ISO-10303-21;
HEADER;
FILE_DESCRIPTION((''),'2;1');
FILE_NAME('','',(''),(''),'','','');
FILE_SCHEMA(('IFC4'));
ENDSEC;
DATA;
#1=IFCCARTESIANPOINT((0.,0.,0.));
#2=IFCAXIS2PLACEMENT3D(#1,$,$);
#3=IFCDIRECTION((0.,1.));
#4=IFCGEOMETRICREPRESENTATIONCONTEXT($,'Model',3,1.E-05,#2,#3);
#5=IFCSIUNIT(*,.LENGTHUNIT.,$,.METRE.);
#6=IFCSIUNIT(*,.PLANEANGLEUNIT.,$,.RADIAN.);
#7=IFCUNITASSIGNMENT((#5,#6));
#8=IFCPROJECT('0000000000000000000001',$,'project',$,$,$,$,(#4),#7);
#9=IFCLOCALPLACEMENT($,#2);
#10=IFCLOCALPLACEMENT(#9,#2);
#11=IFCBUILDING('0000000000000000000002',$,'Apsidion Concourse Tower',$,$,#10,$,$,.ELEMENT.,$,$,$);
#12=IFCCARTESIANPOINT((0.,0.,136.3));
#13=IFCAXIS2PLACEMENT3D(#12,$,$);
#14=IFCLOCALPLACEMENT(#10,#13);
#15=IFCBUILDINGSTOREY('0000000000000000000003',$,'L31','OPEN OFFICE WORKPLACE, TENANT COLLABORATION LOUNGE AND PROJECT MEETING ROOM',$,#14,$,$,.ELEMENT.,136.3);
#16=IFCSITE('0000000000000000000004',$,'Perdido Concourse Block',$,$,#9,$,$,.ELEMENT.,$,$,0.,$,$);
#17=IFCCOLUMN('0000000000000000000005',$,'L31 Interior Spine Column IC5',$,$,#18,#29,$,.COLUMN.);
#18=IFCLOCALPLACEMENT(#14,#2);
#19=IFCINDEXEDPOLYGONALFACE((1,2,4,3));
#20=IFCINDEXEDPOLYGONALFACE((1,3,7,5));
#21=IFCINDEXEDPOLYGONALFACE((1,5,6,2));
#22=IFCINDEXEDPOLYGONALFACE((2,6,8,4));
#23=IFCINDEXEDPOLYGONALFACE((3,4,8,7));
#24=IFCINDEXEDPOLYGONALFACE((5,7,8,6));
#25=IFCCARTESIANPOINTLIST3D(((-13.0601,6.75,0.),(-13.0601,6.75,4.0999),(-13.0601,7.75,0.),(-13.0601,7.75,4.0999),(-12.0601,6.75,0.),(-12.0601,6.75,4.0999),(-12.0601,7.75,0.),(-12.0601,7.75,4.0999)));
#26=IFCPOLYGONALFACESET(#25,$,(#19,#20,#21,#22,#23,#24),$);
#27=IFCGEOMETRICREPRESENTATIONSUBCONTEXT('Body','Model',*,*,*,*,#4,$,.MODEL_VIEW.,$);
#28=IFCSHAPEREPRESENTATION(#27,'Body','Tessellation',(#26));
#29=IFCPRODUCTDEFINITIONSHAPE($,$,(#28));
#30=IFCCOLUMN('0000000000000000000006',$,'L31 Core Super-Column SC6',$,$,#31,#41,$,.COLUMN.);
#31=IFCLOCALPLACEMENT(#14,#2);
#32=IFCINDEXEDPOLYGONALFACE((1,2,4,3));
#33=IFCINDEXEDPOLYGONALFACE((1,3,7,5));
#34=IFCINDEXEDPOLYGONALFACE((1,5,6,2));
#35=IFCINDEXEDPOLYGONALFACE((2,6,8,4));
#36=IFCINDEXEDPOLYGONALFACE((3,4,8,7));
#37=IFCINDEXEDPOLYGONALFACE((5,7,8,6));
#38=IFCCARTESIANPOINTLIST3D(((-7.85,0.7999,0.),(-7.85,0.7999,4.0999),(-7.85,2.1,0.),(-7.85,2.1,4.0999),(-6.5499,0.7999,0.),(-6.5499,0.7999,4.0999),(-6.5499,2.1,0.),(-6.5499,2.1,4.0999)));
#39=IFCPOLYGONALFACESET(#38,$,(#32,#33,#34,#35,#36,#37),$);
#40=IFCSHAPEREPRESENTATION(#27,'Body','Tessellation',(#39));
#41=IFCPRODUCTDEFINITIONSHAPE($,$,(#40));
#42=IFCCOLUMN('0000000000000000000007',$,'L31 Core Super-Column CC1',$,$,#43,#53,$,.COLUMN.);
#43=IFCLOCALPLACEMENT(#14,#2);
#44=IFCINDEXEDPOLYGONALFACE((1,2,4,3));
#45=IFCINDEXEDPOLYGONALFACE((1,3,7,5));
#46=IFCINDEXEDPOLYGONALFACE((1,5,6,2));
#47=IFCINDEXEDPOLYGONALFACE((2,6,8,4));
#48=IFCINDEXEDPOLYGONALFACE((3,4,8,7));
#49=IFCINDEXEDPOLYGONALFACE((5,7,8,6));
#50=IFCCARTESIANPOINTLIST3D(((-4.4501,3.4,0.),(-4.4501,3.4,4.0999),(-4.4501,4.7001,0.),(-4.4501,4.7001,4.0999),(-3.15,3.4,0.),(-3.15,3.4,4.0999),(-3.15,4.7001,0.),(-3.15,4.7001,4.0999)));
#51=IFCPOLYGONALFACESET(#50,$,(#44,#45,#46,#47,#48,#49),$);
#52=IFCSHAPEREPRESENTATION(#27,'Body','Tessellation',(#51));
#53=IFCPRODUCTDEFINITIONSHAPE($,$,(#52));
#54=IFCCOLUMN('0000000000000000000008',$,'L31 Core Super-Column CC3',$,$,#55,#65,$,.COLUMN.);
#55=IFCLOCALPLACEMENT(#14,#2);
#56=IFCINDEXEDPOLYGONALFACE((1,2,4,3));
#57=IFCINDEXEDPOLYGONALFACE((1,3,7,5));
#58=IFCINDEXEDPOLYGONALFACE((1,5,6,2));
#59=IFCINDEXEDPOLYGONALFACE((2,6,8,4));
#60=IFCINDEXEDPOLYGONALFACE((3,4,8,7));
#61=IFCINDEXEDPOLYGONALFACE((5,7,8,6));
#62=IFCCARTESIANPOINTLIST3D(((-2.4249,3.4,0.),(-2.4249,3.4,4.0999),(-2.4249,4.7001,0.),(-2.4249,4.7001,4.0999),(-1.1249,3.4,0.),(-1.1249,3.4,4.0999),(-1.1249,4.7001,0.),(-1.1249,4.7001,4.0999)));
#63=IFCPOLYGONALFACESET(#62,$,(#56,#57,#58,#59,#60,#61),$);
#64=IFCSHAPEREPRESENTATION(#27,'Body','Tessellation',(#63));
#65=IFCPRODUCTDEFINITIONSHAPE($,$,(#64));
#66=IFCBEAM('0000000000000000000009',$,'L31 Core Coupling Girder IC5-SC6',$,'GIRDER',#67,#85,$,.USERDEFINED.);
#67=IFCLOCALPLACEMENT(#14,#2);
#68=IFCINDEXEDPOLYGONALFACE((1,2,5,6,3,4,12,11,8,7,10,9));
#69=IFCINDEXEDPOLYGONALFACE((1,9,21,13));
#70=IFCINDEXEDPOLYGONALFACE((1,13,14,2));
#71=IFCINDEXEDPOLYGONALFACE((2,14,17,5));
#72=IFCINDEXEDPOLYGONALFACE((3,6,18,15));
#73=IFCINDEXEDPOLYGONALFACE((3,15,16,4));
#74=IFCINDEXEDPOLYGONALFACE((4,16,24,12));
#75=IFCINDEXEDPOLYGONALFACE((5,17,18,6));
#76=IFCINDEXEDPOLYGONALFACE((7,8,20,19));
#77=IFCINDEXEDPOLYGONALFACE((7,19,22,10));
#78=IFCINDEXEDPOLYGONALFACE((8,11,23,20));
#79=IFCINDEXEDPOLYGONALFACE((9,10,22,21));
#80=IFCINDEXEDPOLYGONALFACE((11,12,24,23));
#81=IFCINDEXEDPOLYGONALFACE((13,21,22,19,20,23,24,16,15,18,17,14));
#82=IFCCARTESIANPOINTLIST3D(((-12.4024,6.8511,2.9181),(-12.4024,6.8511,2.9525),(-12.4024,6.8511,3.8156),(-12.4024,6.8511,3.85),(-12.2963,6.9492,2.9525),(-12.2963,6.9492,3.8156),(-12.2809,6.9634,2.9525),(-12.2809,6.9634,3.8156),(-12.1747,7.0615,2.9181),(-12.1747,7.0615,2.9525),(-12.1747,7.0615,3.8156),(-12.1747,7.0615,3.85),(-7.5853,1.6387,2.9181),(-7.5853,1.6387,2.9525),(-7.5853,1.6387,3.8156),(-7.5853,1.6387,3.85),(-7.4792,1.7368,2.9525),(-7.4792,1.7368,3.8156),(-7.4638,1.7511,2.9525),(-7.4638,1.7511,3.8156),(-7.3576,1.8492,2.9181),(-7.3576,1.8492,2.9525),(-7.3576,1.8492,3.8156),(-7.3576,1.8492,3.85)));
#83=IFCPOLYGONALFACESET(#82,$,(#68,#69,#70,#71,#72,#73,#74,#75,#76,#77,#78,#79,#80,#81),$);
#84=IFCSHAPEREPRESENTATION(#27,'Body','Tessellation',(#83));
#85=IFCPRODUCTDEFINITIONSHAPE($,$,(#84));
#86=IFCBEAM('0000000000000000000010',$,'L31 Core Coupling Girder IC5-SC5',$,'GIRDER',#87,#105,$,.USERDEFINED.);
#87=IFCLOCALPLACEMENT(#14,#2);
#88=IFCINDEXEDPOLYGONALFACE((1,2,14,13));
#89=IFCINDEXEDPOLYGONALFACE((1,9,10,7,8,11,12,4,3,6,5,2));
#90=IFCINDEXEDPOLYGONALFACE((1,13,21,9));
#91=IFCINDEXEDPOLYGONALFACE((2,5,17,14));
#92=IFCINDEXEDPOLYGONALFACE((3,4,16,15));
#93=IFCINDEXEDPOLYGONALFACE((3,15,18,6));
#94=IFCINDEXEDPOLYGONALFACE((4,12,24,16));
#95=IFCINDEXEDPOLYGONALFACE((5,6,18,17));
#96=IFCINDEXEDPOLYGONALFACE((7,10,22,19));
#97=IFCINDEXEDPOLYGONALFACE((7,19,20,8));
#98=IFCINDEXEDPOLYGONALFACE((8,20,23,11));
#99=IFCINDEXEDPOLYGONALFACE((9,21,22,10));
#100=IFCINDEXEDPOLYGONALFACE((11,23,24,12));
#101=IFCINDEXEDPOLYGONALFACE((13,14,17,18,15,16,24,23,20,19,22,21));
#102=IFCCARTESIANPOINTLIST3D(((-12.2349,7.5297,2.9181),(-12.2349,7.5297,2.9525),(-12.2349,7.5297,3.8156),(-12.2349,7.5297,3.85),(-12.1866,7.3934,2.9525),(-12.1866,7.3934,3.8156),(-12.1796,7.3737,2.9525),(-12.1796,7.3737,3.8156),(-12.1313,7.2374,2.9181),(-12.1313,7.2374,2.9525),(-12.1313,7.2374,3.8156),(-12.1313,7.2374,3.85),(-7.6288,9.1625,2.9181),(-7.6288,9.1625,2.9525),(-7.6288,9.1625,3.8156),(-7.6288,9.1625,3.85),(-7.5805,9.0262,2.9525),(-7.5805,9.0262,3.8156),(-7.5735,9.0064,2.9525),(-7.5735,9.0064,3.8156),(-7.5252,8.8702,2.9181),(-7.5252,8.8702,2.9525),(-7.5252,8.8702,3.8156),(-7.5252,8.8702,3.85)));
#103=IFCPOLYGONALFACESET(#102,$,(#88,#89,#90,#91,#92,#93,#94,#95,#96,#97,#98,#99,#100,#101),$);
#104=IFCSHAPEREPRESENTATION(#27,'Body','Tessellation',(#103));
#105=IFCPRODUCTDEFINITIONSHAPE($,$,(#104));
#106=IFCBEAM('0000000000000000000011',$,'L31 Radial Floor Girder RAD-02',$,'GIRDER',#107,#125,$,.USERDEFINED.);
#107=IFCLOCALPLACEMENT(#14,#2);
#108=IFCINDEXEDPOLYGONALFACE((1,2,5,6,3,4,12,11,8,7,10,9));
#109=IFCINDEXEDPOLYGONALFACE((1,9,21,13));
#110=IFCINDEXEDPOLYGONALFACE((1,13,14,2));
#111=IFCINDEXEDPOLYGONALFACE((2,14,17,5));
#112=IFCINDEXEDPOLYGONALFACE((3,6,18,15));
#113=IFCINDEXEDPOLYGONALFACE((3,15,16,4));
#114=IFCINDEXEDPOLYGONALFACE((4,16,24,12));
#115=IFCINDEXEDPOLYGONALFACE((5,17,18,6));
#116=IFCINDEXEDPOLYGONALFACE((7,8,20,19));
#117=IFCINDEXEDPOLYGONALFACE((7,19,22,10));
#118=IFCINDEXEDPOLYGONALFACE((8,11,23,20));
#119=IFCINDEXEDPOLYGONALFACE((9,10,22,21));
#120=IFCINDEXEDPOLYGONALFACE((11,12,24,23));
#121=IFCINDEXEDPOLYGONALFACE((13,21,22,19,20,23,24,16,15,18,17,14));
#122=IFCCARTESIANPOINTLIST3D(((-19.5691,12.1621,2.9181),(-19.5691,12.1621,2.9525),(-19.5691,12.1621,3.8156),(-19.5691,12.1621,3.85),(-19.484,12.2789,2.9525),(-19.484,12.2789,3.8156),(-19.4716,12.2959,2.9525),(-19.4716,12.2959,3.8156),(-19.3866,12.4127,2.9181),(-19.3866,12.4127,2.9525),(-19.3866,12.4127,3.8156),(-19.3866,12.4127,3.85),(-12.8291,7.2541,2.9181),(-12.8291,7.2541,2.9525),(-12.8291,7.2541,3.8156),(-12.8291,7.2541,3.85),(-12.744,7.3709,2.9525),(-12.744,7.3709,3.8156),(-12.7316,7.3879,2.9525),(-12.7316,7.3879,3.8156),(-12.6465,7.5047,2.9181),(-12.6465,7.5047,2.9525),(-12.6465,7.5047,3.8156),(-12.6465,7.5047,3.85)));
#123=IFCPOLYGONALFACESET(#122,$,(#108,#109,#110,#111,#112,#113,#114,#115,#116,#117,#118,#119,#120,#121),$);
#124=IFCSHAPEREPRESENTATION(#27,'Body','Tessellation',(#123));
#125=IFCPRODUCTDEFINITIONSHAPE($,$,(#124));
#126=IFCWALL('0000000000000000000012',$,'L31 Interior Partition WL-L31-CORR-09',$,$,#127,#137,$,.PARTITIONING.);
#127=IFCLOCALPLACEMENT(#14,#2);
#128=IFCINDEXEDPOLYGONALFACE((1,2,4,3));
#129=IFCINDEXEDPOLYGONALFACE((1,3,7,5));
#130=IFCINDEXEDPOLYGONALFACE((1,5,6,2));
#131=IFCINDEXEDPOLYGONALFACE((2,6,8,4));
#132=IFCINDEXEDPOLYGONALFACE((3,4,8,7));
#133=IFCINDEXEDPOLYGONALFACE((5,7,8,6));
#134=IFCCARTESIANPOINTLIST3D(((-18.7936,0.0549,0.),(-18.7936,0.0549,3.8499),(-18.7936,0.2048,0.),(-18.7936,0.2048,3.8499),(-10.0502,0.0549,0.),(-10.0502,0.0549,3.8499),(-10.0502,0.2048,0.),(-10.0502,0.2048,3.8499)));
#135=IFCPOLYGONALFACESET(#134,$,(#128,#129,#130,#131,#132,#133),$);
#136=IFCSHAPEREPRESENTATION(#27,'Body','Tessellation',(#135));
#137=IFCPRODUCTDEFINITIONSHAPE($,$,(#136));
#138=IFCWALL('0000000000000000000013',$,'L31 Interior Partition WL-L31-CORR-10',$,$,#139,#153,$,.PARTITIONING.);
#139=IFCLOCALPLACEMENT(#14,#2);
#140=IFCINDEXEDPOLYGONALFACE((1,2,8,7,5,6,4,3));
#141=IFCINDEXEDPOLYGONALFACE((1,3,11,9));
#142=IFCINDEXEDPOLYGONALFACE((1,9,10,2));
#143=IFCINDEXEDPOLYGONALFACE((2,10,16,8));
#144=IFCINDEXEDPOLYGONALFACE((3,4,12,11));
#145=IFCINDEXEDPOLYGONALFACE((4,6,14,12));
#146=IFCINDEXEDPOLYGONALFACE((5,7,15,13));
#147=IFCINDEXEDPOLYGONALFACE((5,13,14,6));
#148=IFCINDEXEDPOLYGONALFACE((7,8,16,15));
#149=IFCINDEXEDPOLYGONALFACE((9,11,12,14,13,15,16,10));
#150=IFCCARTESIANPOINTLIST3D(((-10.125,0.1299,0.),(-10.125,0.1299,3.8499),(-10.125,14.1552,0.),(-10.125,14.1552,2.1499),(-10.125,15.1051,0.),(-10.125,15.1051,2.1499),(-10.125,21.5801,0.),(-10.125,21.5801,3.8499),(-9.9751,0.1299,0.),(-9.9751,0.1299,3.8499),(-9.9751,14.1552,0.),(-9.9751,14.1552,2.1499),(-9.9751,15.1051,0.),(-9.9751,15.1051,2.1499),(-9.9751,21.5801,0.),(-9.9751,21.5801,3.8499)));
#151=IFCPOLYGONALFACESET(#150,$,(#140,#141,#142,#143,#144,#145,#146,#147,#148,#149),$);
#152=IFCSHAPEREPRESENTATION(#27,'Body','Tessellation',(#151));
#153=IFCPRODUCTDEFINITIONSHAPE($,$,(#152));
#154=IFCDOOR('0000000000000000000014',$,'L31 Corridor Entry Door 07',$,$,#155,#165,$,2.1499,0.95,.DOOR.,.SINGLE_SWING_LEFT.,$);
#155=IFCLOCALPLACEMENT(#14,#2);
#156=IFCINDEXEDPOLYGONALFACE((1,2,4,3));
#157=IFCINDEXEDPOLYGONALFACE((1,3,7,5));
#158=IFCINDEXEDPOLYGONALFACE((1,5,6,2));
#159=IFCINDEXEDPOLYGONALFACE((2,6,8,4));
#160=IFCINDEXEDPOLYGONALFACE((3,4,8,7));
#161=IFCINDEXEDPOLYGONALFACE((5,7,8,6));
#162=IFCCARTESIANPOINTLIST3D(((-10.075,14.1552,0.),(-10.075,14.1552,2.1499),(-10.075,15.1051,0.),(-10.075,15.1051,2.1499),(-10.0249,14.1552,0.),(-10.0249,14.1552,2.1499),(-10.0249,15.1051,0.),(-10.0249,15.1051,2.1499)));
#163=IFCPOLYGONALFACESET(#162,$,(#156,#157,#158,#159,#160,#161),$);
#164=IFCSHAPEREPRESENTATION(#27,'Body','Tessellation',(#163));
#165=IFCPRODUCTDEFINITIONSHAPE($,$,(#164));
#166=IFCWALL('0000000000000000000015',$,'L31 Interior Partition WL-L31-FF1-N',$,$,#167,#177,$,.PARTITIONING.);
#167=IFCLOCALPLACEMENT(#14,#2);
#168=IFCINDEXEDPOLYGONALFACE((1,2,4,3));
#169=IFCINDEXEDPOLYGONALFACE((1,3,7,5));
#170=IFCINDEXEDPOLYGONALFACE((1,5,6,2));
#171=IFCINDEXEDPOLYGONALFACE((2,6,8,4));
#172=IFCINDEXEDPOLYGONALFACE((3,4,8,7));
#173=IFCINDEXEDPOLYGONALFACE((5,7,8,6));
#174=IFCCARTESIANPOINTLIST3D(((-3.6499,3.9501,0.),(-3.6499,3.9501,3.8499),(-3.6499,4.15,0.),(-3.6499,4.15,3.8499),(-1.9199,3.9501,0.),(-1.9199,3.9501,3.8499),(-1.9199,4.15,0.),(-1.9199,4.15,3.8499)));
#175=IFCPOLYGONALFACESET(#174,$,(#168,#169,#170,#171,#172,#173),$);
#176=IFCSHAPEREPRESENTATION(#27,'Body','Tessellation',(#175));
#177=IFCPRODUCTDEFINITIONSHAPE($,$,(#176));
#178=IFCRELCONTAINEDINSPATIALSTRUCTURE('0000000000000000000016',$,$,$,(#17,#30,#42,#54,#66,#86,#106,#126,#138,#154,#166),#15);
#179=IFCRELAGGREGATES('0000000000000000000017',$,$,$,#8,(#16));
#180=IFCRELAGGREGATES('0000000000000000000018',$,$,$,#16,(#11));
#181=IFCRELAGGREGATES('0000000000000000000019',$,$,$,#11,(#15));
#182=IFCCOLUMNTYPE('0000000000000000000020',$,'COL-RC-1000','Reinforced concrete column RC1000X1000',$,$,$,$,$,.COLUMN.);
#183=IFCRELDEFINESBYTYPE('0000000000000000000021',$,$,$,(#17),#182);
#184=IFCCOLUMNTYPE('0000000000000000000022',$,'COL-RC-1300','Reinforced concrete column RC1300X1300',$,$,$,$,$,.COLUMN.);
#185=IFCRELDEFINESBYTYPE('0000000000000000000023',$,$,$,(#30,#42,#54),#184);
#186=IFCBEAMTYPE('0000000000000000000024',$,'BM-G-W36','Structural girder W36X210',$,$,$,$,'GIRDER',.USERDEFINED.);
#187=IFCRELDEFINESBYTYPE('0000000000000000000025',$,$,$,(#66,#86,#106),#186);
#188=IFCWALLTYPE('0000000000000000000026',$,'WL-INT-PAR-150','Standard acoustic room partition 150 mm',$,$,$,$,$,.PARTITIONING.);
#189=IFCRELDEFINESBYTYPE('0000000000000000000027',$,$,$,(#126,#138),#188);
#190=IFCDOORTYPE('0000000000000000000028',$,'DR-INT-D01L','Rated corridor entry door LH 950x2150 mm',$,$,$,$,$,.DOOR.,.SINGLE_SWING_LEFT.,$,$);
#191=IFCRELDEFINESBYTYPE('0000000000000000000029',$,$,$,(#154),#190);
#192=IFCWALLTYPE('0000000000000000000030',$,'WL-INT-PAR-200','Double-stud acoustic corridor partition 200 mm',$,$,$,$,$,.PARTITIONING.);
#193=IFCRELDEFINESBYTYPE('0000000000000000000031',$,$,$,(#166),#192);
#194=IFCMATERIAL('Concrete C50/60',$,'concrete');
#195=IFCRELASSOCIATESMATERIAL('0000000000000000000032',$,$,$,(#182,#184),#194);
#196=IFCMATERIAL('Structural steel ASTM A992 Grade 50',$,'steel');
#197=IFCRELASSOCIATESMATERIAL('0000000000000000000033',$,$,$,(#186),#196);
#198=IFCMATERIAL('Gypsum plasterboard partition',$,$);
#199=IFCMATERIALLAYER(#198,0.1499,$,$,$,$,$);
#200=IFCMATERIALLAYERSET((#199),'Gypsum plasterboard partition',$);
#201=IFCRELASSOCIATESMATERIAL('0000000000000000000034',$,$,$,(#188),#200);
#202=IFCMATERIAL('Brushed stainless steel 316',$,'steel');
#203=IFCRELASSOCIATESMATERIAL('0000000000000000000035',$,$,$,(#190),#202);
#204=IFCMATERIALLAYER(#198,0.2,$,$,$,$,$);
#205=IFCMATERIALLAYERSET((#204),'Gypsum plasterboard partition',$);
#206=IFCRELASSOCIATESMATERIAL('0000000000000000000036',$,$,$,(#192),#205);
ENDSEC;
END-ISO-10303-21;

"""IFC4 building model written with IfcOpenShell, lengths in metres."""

from ifc_helpers import new_model, si_unit, direction, frame, frame_2d, origin, origin_2d, place, context, subcontext, project, spatial, rectangle, i_section, extrude, material, layer, layer_set, material_profile, profile_set, type_object, element, fill, save


model = new_model("IFC4")

# Units and contexts
model_context = context("Model", 3, precision=1e-05, world=origin(), true_north=direction((0.0, 1.0)))
body_context = subcontext(model_context, "Body", "Model", "MODEL_VIEW")
ifc_project = project(units=[si_unit("LENGTHUNIT", "METRE"), si_unit("PLANEANGLEUNIT", "RADIAN")], contexts=[model_context])

# Site, building, storey
site_placement = place(None, origin())
site = spatial("IfcSite", under=ifc_project, at=site_placement, Name="Perdido Concourse Block", CompositionType="ELEMENT", RefElevation=0.0)
building_placement = place(site_placement, origin())
building = spatial("IfcBuilding", under=site, at=building_placement, Name="Apsidion Concourse Tower", CompositionType="ELEMENT")
storey_placement = place(building_placement, frame((0.0, 0.0, 136.3)))
storey = spatial("IfcBuildingStorey", under=building, at=storey_placement, Name="L31", Description="OPEN OFFICE WORKPLACE, TENANT COLLABORATION LOUNGE AND PROJECT MEETING ROOM", CompositionType="ELEMENT", Elevation=136.3)

# Columns
ifc_material_1 = material(Name="Concrete C50/60", Category="concrete")
ifc_material_profile_1 = material_profile(ifc_material_1, rectangle(XDim=1.0, YDim=1.0, at=origin_2d()), Name="RC 1000x1000")
ifc_profile_set_1 = profile_set([ifc_material_profile_1], Name="Concrete C50/60")
column_type_1 = type_object("IfcColumnType", Name="COL-RC-1000", Description="Reinforced concrete column RC1000X1000", PredefinedType="COLUMN", material=ifc_profile_set_1)
column_placement = place(storey_placement, frame((-12.5601, 7.25, 0.0), z_axis=(0.0, 0.0, 1.0), x_axis=(1.0, 0.0, 0.0)))
element("IfcColumn", 1, at=column_placement, inside=storey, type_object=column_type_1, Name="L31 Interior Spine Column IC5", PredefinedType="COLUMN", context=body_context, shape_type="SweptSolid", body=[
    extrude(rectangle(XDim=1.0, YDim=1.0, at=origin_2d()), origin(), (0.0, 0.0, 1.0), 4.0999),
])
ifc_material_profile_2 = material_profile(ifc_material_1, rectangle(XDim=1.3, YDim=1.3, at=origin_2d()), Name="RC 1300x1300")
ifc_profile_set_2 = profile_set([ifc_material_profile_2], Name="Concrete C50/60")
column_type_2 = type_object("IfcColumnType", Name="COL-RC-1300", Description="Reinforced concrete column RC1300X1300", PredefinedType="COLUMN", material=ifc_profile_set_2)
for number, where, z_axis, x_axis, name in (
    (2, (-7.2, 1.45, 0.0), (0.0, 0.0, 1.0), (1.0, 0.0, 0.0), "L31 Core Super-Column SC6"),
    (3, (-3.8, 4.05, 0.0), (0.0, 0.0, 1.0), (1.0, 0.0, 0.0), "L31 Core Super-Column CC1"),
    (4, (-1.7749, 4.05, 0.0), (0.0, 0.0, 1.0), (1.0, 0.0, 0.0), "L31 Core Super-Column CC3"),
):
    element("IfcColumn", number, at=place(storey_placement, frame(where, z_axis=z_axis, x_axis=x_axis)), inside=storey, type_object=column_type_2, Name=name, PredefinedType="COLUMN", context=body_context, shape_type="SweptSolid", body=[
        extrude(rectangle(XDim=1.3, YDim=1.3, at=origin_2d()), origin(), (0.0, 0.0, 1.0), 4.0999),
    ])

# Beams
ifc_material_2 = material(Name="Structural steel ASTM A992 Grade 50", Category="steel")
ifc_material_profile_3 = material_profile(ifc_material_2, i_section(OverallWidth=0.3101, OverallDepth=0.9319, WebThickness=0.021, FlangeThickness=0.0344, at=origin_2d()), Name="W36X210")
ifc_profile_set_3 = profile_set([ifc_material_profile_3], Name="Structural steel ASTM A992 Grade 50")
beam_type = type_object("IfcBeamType", Name="BM-G-W36", Description="Structural girder W36X210", ElementType="GIRDER", PredefinedType="USERDEFINED", material=ifc_profile_set_3)
beam_1_placement = place(storey_placement, frame((-12.2886, 6.9563, 3.384), z_axis=(0.678713, -0.734404, 0.0), x_axis=(0.734404, 0.678713, 0.0)))
element("IfcBeam", 5, at=beam_1_placement, inside=storey, type_object=beam_type, Name="L31 Core Coupling Girder IC5-SC6", ObjectType="GIRDER", PredefinedType="USERDEFINED", context=body_context, shape_type="SweptSolid", body=[
    extrude(i_section(OverallWidth=0.3101, OverallDepth=0.9319, WebThickness=0.021, FlangeThickness=0.0344, at=origin_2d()), origin(), (0.0, 0.0, 1.0), 7.0974),
])
beam_2_placement = place(storey_placement, frame((-12.1831, 7.3835, 3.384), z_axis=(0.942534, 0.334111, 0.0), x_axis=(-0.334111, 0.942534, 0.0)))
element("IfcBeam", 6, at=beam_2_placement, inside=storey, type_object=beam_type, Name="L31 Core Coupling Girder IC5-SC5", ObjectType="GIRDER", PredefinedType="USERDEFINED", context=body_context, shape_type="SweptSolid", body=[
    extrude(i_section(OverallWidth=0.3101, OverallDepth=0.9319, WebThickness=0.021, FlangeThickness=0.0344, at=origin_2d()), origin(), (0.0, 0.0, 1.0), 4.887),
])
beam_3_placement = place(storey_placement, frame((-12.7378, 7.3794, 3.384), z_axis=(-0.808385, 0.588654, 0.0), x_axis=(-0.588654, -0.808385, 0.0)))
element("IfcBeam", 7, at=beam_3_placement, inside=storey, type_object=beam_type, Name="L31 Radial Floor Girder RAD-02", ObjectType="GIRDER", PredefinedType="USERDEFINED", context=body_context, shape_type="SweptSolid", body=[
    extrude(i_section(OverallWidth=0.3101, OverallDepth=0.9319, WebThickness=0.021, FlangeThickness=0.0344, at=origin_2d()), origin(), (0.0, 0.0, 1.0), 8.3376),
])

# Wall
ifc_material_3 = material(Name="Gypsum plasterboard partition")
ifc_layer_1 = layer(ifc_material_3, 0.1499)
ifc_layer_set_1 = layer_set([ifc_layer_1], Name="Gypsum plasterboard partition")
wall_type_1 = type_object("IfcWallType", Name="WL-INT-PAR-150", Description="Standard acoustic room partition 150 mm", PredefinedType="PARTITIONING", material=ifc_layer_set_1)
wall_1_placement = place(storey_placement, frame((-18.7935, 0.1299, 0.0), z_axis=(0.0, 0.0, 1.0), x_axis=(1.0, 0.0, 0.0)))
element("IfcWall", 8, at=wall_1_placement, inside=storey, type_object=wall_type_1, Name="L31 Interior Partition WL-L31-CORR-09", PredefinedType="PARTITIONING", context=body_context, shape_type="SweptSolid", body=[
    extrude(rectangle(XDim=8.7434, YDim=0.1499, at=frame_2d((4.3716, 0.0))), origin(), (0.0, 0.0, 1.0), 3.8499),
])

# Wall, opening, door
wall_2_placement = place(storey_placement, frame((-10.05, 0.1299, 0.0), z_axis=(0.0, 0.0, 1.0), x_axis=(0.0, 1.0, 0.0)))
wall_2 = element("IfcWall", 9, at=wall_2_placement, inside=storey, type_object=wall_type_1, Name="L31 Interior Partition WL-L31-CORR-10", PredefinedType="PARTITIONING", context=body_context, shape_type="SweptSolid", body=[
    extrude(rectangle(XDim=21.4502, YDim=0.1499, at=frame_2d((10.7251, 0.0))), origin(), (0.0, 0.0, 1.0), 3.8499),
])
opening_1_placement = place(wall_2_placement, frame((14.0251, 0.0, 0.0)))
opening_1 = element("IfcOpeningElement", 10, at=opening_1_placement, cuts=wall_2, PredefinedType="OPENING", context=body_context, shape_type="SweptSolid", body=[
    extrude(rectangle(XDim=0.95, YDim=2.1499, at=frame_2d((0.4751, 1.075))), frame((0.0, 0.085, 0.0), z_axis=(0.0, -1.0, 0.0), x_axis=(1.0, 0.0, 0.0)), (0.0, 0.0, 1.0), 0.1699),
])
ifc_material_4 = material(Name="Brushed stainless steel 316", Category="steel")
door_type_1 = type_object("IfcDoorType", Name="DR-INT-D01L", Description="Rated corridor entry door LH 950x2150 mm", OperationType="SINGLE_SWING_LEFT", PredefinedType="DOOR", material=ifc_material_4)
door_1_placement = place(opening_1_placement, origin())
door_1 = element("IfcDoor", 11, at=door_1_placement, inside=storey, type_object=door_type_1, Name="L31 Corridor Entry Door 07", OperationType="SINGLE_SWING_LEFT", OverallHeight=2.1499, OverallWidth=0.95, PredefinedType="DOOR", context=body_context, shape_type="SweptSolid", body=[
    extrude(rectangle(XDim=0.95, YDim=2.1499, at=frame_2d((0.4751, 1.075))), frame((0.0, 0.0249, 0.0), z_axis=(0.0, -1.0, 0.0), x_axis=(1.0, 0.0, 0.0)), (0.0, 0.0, 1.0), 0.05),
])
fill(opening_1, door_1)

# Wall
ifc_layer_2 = layer(ifc_material_3, 0.2)
ifc_layer_set_2 = layer_set([ifc_layer_2], Name="Gypsum plasterboard partition")
wall_type_2 = type_object("IfcWallType", Name="WL-INT-PAR-200", Description="Double-stud acoustic corridor partition 200 mm", PredefinedType="PARTITIONING", material=ifc_layer_set_2)
wall_3_placement = place(storey_placement, frame((-3.6499, 4.05, 0.0), z_axis=(0.0, 0.0, 1.0), x_axis=(1.0, 0.0, 0.0)))
element("IfcWall", 12, at=wall_3_placement, inside=storey, type_object=wall_type_2, Name="L31 Interior Partition WL-L31-FF1-N", PredefinedType="PARTITIONING", context=body_context, shape_type="SweptSolid", body=[
    extrude(rectangle(XDim=1.73, YDim=0.2, at=frame_2d((0.865, 0.0))), origin(), (0.0, 0.0, 1.0), 3.8499),
])

save(model, "model.ifc")
